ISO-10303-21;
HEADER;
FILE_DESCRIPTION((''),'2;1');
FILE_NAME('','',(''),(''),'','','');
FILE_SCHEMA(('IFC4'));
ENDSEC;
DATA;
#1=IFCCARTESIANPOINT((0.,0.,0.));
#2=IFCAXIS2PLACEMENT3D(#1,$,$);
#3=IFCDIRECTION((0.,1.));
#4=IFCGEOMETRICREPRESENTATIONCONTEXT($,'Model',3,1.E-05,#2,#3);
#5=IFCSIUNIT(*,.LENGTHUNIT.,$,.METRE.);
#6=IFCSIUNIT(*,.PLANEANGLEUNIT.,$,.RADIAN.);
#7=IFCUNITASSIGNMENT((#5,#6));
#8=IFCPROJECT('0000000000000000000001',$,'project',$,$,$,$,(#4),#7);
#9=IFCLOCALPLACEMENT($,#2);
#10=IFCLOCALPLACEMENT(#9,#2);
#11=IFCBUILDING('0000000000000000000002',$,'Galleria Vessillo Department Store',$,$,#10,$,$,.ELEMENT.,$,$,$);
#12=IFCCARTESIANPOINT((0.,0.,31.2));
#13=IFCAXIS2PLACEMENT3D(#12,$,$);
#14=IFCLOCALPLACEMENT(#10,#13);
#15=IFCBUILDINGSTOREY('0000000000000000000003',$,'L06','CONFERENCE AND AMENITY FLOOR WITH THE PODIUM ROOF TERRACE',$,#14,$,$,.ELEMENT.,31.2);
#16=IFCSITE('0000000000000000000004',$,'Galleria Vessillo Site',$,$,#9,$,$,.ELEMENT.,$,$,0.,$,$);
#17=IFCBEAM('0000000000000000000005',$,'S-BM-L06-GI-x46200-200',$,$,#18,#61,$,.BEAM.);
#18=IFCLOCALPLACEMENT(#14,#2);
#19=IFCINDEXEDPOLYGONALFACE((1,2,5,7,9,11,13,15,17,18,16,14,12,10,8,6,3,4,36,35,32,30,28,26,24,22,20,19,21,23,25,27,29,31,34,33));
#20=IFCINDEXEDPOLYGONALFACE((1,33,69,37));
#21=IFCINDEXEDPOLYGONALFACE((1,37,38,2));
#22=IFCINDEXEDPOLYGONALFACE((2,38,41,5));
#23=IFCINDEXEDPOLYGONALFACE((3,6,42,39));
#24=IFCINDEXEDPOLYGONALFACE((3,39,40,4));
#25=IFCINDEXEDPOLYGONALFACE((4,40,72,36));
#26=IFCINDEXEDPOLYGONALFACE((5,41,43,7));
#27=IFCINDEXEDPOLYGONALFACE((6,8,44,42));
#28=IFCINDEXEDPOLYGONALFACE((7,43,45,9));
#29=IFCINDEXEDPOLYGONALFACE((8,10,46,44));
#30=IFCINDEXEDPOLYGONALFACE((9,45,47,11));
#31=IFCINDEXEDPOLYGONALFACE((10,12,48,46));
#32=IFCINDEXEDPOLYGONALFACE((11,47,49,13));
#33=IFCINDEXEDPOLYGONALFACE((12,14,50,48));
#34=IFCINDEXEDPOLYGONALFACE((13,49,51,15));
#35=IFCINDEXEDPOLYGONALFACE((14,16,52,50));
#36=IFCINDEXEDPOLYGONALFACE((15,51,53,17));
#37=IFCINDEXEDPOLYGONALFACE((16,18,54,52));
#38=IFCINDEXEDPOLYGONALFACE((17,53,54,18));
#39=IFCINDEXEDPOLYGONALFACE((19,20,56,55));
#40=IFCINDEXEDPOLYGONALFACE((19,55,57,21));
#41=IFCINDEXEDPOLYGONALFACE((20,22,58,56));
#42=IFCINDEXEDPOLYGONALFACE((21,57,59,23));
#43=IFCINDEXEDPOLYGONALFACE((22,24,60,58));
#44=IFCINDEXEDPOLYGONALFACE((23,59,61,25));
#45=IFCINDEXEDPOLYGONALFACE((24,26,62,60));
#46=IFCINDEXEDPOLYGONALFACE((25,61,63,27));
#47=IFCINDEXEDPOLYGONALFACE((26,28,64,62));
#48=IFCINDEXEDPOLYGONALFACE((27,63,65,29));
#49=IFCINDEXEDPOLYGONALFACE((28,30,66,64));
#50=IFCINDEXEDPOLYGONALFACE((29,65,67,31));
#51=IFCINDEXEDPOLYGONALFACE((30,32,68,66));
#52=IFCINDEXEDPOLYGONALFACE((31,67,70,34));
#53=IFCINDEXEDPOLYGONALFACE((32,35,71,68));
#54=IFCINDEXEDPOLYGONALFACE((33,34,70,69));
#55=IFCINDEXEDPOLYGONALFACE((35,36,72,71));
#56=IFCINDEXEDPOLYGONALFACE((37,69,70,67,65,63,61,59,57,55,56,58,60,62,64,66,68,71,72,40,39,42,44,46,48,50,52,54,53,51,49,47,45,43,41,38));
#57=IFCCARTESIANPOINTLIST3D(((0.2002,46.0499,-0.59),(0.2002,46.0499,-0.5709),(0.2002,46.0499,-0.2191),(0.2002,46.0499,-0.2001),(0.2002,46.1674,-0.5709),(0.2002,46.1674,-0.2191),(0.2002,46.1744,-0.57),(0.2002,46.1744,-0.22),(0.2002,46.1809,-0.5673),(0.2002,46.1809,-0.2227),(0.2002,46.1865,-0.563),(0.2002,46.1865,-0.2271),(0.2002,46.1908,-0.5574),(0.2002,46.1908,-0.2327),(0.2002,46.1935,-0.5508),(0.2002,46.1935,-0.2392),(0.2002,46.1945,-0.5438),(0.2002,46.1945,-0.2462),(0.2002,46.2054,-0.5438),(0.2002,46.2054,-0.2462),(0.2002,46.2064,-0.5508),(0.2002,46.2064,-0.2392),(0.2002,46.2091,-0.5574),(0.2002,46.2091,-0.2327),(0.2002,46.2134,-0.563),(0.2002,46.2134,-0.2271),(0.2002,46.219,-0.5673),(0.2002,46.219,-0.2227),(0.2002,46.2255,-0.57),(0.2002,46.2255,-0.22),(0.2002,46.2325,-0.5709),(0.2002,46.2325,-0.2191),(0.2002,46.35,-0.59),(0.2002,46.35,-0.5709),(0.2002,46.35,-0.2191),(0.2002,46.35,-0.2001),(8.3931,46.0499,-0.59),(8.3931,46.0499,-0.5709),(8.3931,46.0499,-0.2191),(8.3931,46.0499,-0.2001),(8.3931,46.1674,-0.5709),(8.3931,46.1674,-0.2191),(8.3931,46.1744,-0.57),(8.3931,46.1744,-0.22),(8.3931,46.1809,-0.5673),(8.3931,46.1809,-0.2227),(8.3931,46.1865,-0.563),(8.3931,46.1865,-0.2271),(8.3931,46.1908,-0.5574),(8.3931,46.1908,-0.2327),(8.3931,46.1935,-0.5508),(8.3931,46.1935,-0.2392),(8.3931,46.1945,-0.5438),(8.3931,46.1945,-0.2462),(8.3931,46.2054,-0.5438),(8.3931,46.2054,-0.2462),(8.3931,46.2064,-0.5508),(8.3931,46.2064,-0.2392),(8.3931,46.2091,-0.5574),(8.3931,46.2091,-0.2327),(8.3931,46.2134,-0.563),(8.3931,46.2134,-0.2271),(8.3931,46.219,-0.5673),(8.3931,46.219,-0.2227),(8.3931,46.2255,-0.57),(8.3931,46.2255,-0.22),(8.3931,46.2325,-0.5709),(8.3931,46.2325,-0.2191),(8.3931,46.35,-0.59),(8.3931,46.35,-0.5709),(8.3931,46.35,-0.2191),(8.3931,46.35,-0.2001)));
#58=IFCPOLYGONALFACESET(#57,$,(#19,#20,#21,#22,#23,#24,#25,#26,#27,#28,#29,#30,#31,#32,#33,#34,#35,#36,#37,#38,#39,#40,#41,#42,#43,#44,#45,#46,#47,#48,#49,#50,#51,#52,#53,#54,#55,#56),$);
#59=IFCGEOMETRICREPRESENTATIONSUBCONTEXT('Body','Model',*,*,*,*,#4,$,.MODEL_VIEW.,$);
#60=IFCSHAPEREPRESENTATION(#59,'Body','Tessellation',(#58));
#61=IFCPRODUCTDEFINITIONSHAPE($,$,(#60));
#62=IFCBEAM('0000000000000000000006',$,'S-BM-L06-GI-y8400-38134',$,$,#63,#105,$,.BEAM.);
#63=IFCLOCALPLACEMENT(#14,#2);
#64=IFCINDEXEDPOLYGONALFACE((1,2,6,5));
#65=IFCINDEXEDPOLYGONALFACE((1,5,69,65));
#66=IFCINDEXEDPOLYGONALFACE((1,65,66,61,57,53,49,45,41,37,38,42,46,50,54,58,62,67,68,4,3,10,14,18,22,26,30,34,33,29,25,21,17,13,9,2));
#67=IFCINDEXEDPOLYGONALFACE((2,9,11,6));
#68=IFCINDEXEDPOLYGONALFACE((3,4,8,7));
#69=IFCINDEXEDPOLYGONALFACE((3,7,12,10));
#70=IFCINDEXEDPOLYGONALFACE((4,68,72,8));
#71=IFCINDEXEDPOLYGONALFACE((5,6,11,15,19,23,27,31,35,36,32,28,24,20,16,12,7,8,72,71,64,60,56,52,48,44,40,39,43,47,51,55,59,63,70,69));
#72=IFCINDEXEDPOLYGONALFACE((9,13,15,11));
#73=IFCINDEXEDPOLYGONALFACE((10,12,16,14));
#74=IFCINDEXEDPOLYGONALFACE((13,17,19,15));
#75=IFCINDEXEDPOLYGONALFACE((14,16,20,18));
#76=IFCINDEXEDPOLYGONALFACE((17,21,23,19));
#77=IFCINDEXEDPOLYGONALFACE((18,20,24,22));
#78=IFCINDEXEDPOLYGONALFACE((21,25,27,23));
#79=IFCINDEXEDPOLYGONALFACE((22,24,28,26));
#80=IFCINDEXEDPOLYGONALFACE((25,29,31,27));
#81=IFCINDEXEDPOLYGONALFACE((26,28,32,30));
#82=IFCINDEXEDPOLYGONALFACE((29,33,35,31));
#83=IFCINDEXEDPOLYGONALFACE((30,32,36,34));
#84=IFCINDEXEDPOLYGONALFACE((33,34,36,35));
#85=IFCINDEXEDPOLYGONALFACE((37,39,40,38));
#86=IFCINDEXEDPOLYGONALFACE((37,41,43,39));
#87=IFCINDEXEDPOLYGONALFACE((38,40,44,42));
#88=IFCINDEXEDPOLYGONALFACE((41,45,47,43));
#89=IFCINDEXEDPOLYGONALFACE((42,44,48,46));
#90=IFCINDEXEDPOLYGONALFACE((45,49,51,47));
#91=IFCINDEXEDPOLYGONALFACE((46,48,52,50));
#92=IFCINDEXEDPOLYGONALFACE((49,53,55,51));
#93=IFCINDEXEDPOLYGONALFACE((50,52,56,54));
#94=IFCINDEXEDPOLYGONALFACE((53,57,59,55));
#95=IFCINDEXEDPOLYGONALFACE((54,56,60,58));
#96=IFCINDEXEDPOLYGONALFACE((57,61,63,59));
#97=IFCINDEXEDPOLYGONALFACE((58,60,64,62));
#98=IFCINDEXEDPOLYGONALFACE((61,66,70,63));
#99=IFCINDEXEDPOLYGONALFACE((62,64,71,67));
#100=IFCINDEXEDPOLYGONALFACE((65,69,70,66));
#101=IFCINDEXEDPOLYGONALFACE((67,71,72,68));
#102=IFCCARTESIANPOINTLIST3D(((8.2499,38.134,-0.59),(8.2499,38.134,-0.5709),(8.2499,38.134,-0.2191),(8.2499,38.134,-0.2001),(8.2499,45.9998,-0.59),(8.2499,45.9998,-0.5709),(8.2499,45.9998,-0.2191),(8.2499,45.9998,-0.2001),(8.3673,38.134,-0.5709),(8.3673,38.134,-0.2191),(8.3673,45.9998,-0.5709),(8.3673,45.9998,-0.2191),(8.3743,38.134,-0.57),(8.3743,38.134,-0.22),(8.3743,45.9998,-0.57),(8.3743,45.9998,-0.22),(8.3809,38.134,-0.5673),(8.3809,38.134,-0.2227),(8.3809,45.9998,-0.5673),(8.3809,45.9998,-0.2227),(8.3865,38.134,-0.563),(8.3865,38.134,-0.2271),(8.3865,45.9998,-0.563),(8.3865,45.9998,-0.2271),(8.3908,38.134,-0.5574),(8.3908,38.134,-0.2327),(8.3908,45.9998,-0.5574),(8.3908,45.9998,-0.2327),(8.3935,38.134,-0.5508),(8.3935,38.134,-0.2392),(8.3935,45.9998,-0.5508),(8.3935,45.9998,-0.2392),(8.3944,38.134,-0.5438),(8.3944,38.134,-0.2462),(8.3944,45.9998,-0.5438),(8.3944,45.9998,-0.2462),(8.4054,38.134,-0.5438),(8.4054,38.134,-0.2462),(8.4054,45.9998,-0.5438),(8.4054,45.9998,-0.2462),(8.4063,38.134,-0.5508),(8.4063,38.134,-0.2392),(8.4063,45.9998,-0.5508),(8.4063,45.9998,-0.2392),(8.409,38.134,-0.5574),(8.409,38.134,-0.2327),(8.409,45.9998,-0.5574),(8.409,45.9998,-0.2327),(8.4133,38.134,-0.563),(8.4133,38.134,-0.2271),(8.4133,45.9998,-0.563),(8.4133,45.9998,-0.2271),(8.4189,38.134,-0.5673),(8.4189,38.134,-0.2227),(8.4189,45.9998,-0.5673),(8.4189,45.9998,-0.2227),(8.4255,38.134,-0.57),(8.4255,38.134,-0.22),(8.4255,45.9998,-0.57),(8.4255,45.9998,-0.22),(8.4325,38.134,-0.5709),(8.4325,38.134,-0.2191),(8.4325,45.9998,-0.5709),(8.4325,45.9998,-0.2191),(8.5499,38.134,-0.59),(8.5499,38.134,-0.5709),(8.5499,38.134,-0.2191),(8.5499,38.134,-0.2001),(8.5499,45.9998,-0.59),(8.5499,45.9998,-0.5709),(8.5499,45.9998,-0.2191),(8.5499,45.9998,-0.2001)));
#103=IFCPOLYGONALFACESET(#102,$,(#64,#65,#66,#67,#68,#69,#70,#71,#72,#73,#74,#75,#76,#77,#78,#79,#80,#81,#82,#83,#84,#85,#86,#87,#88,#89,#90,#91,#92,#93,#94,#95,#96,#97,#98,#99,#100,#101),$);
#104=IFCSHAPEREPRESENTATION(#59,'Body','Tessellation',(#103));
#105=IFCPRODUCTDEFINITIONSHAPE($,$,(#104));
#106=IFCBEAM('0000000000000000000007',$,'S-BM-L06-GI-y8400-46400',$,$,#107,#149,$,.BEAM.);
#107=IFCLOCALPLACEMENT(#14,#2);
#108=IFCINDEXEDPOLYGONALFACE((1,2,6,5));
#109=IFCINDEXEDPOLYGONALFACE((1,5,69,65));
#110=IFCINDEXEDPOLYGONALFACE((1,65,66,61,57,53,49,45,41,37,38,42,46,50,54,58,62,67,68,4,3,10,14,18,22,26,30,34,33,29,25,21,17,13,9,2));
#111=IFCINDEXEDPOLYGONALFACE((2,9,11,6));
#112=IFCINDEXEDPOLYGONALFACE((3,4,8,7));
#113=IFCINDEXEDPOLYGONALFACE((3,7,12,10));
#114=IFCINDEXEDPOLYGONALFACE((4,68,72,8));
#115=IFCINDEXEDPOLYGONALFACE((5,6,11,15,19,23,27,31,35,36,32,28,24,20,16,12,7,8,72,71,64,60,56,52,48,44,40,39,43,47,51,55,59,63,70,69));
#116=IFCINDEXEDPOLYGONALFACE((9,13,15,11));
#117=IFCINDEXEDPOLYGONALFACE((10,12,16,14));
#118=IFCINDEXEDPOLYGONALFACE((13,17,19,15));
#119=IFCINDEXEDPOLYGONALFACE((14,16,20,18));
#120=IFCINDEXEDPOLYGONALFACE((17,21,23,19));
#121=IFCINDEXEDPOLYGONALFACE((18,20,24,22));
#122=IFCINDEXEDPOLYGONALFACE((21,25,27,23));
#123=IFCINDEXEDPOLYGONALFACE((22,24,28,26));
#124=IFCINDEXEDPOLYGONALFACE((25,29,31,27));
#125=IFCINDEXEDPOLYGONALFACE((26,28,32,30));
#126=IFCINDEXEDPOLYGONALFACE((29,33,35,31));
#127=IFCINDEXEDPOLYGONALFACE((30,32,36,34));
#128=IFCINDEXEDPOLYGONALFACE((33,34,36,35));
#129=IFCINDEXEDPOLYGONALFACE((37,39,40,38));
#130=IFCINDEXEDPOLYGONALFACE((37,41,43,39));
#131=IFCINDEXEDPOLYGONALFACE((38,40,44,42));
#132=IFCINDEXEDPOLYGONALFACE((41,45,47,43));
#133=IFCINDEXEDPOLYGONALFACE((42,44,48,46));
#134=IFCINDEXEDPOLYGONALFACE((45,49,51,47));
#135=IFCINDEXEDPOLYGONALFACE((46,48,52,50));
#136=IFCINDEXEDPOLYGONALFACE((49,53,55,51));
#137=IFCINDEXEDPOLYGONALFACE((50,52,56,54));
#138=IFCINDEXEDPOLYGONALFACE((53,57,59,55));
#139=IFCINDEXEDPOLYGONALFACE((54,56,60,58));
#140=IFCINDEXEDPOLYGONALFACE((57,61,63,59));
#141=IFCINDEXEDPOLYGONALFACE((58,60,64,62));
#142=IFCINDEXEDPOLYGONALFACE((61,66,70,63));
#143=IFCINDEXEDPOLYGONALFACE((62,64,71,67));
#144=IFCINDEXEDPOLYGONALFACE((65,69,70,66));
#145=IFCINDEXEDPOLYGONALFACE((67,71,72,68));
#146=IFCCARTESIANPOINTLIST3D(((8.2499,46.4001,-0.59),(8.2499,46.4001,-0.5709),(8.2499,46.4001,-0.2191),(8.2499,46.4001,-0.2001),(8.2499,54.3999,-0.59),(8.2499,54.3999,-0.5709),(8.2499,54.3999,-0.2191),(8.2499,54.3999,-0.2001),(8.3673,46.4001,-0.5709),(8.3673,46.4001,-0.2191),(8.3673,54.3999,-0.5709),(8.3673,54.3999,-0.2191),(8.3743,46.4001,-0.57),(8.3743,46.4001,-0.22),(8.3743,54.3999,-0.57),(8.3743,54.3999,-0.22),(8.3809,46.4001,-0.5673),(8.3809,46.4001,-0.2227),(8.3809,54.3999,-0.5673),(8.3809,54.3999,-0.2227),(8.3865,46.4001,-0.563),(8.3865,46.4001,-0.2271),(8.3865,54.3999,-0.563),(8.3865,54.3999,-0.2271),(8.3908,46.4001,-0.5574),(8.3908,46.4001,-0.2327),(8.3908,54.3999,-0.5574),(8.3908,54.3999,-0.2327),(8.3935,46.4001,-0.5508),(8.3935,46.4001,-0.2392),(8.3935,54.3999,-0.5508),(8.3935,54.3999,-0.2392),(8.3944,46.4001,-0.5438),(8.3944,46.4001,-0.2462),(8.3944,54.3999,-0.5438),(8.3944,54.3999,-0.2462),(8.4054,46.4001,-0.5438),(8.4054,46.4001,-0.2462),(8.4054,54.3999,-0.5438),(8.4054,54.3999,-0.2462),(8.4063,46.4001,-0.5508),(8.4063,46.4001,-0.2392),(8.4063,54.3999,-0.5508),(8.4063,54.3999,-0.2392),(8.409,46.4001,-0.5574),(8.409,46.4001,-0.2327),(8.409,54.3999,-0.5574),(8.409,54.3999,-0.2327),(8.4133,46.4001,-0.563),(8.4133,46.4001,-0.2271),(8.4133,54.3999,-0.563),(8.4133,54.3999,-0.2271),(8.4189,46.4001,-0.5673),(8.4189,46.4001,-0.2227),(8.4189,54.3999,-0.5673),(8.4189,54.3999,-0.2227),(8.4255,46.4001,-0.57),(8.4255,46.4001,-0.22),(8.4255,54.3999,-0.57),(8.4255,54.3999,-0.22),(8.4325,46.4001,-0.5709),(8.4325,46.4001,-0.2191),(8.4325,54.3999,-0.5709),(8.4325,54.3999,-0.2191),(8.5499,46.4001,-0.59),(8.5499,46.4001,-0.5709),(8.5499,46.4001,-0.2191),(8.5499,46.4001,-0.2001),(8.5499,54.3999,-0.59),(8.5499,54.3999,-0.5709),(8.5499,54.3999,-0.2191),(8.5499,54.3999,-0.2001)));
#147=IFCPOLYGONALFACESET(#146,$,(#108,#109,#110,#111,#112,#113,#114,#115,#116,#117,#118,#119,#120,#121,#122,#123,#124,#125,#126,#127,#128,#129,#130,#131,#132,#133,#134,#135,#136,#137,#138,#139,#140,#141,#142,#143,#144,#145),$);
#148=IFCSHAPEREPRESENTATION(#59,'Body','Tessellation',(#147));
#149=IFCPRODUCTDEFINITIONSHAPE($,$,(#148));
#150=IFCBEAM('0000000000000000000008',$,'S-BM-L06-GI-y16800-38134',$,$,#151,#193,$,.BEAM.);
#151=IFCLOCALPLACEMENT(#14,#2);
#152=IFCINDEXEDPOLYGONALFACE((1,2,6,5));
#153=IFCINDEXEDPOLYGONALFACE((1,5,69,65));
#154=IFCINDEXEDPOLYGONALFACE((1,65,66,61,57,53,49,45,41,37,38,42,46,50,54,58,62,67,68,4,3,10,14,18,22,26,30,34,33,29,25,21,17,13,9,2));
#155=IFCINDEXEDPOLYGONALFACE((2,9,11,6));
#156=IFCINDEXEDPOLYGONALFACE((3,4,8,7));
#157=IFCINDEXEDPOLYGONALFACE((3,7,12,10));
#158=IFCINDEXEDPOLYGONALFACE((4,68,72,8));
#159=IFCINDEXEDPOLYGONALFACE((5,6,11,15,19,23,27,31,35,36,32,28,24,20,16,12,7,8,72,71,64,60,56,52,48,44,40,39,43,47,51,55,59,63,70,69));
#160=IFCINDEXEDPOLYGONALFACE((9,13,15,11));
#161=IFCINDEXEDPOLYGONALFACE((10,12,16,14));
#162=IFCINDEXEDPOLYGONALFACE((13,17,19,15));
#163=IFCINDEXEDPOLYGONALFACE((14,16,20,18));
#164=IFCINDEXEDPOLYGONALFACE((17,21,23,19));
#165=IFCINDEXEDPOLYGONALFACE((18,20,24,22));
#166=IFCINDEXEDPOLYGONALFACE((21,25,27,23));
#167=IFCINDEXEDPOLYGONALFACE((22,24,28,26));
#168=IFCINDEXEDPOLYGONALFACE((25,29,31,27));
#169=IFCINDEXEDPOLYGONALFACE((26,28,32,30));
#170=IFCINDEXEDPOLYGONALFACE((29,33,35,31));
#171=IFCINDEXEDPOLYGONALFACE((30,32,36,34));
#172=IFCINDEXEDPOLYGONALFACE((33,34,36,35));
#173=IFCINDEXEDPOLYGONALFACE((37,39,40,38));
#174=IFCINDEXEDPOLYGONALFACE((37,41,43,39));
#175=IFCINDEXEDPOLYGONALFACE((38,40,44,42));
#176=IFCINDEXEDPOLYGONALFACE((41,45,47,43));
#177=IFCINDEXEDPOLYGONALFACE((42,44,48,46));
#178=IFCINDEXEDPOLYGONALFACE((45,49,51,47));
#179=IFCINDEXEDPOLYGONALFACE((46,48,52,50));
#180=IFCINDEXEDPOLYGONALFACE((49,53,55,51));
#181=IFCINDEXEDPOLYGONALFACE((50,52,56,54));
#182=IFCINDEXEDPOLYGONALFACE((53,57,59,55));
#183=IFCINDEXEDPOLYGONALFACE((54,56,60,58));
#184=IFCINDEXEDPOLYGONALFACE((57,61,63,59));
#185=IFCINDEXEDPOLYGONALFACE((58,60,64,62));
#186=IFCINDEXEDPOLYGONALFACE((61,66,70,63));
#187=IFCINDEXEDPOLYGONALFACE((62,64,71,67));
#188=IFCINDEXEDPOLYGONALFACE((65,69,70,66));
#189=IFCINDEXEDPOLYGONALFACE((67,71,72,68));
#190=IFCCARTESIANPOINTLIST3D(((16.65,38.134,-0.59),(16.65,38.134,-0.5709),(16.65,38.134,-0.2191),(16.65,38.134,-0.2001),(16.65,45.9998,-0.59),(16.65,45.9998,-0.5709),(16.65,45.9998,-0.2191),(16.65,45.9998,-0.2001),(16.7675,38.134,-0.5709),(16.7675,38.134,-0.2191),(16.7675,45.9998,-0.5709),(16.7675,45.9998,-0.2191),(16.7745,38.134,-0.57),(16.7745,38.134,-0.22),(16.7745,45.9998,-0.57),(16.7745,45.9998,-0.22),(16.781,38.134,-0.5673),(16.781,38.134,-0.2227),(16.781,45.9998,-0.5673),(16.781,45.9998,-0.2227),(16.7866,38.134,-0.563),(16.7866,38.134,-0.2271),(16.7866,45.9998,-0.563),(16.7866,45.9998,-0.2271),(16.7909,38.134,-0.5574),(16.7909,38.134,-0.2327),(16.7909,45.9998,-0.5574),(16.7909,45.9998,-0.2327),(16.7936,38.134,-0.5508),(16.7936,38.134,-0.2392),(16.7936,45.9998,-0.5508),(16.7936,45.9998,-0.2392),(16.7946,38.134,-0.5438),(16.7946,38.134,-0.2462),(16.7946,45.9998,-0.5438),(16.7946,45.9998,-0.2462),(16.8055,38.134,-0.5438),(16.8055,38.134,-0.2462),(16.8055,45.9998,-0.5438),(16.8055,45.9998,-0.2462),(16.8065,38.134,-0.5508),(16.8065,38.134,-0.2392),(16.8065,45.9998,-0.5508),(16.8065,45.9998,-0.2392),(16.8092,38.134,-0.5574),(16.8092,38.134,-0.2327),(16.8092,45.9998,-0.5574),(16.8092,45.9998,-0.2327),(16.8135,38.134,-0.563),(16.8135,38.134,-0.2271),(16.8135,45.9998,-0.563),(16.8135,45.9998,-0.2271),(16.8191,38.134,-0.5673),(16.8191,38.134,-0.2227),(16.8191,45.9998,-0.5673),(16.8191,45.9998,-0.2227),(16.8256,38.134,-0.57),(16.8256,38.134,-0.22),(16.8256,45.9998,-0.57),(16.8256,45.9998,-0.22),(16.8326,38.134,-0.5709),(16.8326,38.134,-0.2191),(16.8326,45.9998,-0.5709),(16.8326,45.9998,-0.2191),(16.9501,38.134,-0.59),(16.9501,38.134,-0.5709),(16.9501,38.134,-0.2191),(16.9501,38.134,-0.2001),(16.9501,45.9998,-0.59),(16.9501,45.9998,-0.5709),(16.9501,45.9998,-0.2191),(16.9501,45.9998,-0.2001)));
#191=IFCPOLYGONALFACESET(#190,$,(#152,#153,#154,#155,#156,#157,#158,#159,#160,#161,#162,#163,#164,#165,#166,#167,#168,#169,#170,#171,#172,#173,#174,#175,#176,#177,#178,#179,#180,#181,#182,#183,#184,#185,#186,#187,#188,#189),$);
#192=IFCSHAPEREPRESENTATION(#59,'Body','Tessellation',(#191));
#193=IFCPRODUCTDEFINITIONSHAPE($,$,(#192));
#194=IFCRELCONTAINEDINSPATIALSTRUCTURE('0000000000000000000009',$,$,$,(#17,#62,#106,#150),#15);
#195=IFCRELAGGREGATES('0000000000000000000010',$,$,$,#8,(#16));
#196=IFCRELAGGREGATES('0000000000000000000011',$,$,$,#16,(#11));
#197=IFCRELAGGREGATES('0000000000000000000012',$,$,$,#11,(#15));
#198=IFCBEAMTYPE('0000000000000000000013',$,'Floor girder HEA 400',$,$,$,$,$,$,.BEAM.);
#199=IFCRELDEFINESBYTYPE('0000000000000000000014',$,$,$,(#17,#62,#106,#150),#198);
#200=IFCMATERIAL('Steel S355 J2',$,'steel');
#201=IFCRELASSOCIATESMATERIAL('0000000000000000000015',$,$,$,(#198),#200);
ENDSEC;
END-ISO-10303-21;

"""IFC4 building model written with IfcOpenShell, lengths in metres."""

from ifc_helpers import new_model, si_unit, direction, frame, origin, origin_2d, place, context, subcontext, project, spatial, i_section, extrude, material, material_profile, profile_set, type_object, element, save


model = new_model("IFC4")

# Units and contexts
model_context = context("Model", 3, precision=1e-05, world=origin(), true_north=direction((0.0, 1.0)))
body_context = subcontext(model_context, "Body", "Model", "MODEL_VIEW")
ifc_project = project(units=[si_unit("LENGTHUNIT", "METRE"), si_unit("PLANEANGLEUNIT", "RADIAN")], contexts=[model_context])

# Site, building, storey
site_placement = place(None, origin())
site = spatial("IfcSite", under=ifc_project, at=site_placement, Name="Galleria Vessillo Site", CompositionType="ELEMENT", RefElevation=0.0)
building_placement = place(site_placement, origin())
building = spatial("IfcBuilding", under=site, at=building_placement, Name="Galleria Vessillo Department Store", CompositionType="ELEMENT")
storey_placement = place(building_placement, frame((0.0, 0.0, 31.2)))
storey = spatial("IfcBuildingStorey", under=building, at=storey_placement, Name="L06", Description="CONFERENCE AND AMENITY FLOOR WITH THE PODIUM ROOF TERRACE", CompositionType="ELEMENT", Elevation=31.2)

# Beams
ifc_material_1 = material(Name="Steel S355 J2", Category="steel")
ifc_material_profile_1 = material_profile(ifc_material_1, i_section(OverallWidth=0.3, OverallDepth=0.3899, WebThickness=0.011, FlangeThickness=0.019, FilletRadius=0.0271, at=origin_2d()), Name="HEA 400")
ifc_profile_set_1 = profile_set([ifc_material_profile_1], Name="Steel S355 J2")
beam_type_1 = type_object("IfcBeamType", Name="Floor girder HEA 400", PredefinedType="BEAM", material=ifc_profile_set_1)
beam_1_placement = place(storey_placement, frame((0.2002, 46.2, -0.395), z_axis=(1.0, 0.0, 0.0), x_axis=(0.0, 1.0, 0.0)))
element("IfcBeam", 1, at=beam_1_placement, inside=storey, type_object=beam_type_1, Name="S-BM-L06-GI-x46200-200", PredefinedType="BEAM", context=body_context, shape_type="SweptSolid", body=[
    extrude(i_section(OverallWidth=0.3, OverallDepth=0.3899, WebThickness=0.011, FlangeThickness=0.019, FilletRadius=0.0271, at=origin_2d()), origin(), (0.0, 0.0, 1.0), 8.1929),
])
beam_2_placement = place(storey_placement, frame((8.3999, 38.134, -0.395), z_axis=(0.0, 1.0, 0.0), x_axis=(-1.0, 0.0, 0.0)))
element("IfcBeam", 2, at=beam_2_placement, inside=storey, type_object=beam_type_1, Name="S-BM-L06-GI-y8400-38134", PredefinedType="BEAM", context=body_context, shape_type="SweptSolid", body=[
    extrude(i_section(OverallWidth=0.3, OverallDepth=0.3899, WebThickness=0.011, FlangeThickness=0.019, FilletRadius=0.0271, at=origin_2d()), origin(), (0.0, 0.0, 1.0), 7.8657),
])
beam_3_placement = place(storey_placement, frame((8.3999, 46.4001, -0.395), z_axis=(0.0, 1.0, 0.0), x_axis=(-1.0, 0.0, 0.0)))
element("IfcBeam", 3, at=beam_3_placement, inside=storey, type_object=beam_type_1, Name="S-BM-L06-GI-y8400-46400", PredefinedType="BEAM", context=body_context, shape_type="SweptSolid", body=[
    extrude(i_section(OverallWidth=0.3, OverallDepth=0.3899, WebThickness=0.011, FlangeThickness=0.019, FilletRadius=0.0271, at=origin_2d()), origin(), (0.0, 0.0, 1.0), 7.9998),
])
beam_4_placement = place(storey_placement, frame((16.8, 38.134, -0.395), z_axis=(0.0, 1.0, 0.0), x_axis=(-1.0, 0.0, 0.0)))
element("IfcBeam", 4, at=beam_4_placement, inside=storey, type_object=beam_type_1, Name="S-BM-L06-GI-y16800-38134", PredefinedType="BEAM", context=body_context, shape_type="SweptSolid", body=[
    extrude(i_section(OverallWidth=0.3, OverallDepth=0.3899, WebThickness=0.011, FlangeThickness=0.019, FilletRadius=0.0271, at=origin_2d()), origin(), (0.0, 0.0, 1.0), 7.8657),
])

save(model, "model.ifc")
